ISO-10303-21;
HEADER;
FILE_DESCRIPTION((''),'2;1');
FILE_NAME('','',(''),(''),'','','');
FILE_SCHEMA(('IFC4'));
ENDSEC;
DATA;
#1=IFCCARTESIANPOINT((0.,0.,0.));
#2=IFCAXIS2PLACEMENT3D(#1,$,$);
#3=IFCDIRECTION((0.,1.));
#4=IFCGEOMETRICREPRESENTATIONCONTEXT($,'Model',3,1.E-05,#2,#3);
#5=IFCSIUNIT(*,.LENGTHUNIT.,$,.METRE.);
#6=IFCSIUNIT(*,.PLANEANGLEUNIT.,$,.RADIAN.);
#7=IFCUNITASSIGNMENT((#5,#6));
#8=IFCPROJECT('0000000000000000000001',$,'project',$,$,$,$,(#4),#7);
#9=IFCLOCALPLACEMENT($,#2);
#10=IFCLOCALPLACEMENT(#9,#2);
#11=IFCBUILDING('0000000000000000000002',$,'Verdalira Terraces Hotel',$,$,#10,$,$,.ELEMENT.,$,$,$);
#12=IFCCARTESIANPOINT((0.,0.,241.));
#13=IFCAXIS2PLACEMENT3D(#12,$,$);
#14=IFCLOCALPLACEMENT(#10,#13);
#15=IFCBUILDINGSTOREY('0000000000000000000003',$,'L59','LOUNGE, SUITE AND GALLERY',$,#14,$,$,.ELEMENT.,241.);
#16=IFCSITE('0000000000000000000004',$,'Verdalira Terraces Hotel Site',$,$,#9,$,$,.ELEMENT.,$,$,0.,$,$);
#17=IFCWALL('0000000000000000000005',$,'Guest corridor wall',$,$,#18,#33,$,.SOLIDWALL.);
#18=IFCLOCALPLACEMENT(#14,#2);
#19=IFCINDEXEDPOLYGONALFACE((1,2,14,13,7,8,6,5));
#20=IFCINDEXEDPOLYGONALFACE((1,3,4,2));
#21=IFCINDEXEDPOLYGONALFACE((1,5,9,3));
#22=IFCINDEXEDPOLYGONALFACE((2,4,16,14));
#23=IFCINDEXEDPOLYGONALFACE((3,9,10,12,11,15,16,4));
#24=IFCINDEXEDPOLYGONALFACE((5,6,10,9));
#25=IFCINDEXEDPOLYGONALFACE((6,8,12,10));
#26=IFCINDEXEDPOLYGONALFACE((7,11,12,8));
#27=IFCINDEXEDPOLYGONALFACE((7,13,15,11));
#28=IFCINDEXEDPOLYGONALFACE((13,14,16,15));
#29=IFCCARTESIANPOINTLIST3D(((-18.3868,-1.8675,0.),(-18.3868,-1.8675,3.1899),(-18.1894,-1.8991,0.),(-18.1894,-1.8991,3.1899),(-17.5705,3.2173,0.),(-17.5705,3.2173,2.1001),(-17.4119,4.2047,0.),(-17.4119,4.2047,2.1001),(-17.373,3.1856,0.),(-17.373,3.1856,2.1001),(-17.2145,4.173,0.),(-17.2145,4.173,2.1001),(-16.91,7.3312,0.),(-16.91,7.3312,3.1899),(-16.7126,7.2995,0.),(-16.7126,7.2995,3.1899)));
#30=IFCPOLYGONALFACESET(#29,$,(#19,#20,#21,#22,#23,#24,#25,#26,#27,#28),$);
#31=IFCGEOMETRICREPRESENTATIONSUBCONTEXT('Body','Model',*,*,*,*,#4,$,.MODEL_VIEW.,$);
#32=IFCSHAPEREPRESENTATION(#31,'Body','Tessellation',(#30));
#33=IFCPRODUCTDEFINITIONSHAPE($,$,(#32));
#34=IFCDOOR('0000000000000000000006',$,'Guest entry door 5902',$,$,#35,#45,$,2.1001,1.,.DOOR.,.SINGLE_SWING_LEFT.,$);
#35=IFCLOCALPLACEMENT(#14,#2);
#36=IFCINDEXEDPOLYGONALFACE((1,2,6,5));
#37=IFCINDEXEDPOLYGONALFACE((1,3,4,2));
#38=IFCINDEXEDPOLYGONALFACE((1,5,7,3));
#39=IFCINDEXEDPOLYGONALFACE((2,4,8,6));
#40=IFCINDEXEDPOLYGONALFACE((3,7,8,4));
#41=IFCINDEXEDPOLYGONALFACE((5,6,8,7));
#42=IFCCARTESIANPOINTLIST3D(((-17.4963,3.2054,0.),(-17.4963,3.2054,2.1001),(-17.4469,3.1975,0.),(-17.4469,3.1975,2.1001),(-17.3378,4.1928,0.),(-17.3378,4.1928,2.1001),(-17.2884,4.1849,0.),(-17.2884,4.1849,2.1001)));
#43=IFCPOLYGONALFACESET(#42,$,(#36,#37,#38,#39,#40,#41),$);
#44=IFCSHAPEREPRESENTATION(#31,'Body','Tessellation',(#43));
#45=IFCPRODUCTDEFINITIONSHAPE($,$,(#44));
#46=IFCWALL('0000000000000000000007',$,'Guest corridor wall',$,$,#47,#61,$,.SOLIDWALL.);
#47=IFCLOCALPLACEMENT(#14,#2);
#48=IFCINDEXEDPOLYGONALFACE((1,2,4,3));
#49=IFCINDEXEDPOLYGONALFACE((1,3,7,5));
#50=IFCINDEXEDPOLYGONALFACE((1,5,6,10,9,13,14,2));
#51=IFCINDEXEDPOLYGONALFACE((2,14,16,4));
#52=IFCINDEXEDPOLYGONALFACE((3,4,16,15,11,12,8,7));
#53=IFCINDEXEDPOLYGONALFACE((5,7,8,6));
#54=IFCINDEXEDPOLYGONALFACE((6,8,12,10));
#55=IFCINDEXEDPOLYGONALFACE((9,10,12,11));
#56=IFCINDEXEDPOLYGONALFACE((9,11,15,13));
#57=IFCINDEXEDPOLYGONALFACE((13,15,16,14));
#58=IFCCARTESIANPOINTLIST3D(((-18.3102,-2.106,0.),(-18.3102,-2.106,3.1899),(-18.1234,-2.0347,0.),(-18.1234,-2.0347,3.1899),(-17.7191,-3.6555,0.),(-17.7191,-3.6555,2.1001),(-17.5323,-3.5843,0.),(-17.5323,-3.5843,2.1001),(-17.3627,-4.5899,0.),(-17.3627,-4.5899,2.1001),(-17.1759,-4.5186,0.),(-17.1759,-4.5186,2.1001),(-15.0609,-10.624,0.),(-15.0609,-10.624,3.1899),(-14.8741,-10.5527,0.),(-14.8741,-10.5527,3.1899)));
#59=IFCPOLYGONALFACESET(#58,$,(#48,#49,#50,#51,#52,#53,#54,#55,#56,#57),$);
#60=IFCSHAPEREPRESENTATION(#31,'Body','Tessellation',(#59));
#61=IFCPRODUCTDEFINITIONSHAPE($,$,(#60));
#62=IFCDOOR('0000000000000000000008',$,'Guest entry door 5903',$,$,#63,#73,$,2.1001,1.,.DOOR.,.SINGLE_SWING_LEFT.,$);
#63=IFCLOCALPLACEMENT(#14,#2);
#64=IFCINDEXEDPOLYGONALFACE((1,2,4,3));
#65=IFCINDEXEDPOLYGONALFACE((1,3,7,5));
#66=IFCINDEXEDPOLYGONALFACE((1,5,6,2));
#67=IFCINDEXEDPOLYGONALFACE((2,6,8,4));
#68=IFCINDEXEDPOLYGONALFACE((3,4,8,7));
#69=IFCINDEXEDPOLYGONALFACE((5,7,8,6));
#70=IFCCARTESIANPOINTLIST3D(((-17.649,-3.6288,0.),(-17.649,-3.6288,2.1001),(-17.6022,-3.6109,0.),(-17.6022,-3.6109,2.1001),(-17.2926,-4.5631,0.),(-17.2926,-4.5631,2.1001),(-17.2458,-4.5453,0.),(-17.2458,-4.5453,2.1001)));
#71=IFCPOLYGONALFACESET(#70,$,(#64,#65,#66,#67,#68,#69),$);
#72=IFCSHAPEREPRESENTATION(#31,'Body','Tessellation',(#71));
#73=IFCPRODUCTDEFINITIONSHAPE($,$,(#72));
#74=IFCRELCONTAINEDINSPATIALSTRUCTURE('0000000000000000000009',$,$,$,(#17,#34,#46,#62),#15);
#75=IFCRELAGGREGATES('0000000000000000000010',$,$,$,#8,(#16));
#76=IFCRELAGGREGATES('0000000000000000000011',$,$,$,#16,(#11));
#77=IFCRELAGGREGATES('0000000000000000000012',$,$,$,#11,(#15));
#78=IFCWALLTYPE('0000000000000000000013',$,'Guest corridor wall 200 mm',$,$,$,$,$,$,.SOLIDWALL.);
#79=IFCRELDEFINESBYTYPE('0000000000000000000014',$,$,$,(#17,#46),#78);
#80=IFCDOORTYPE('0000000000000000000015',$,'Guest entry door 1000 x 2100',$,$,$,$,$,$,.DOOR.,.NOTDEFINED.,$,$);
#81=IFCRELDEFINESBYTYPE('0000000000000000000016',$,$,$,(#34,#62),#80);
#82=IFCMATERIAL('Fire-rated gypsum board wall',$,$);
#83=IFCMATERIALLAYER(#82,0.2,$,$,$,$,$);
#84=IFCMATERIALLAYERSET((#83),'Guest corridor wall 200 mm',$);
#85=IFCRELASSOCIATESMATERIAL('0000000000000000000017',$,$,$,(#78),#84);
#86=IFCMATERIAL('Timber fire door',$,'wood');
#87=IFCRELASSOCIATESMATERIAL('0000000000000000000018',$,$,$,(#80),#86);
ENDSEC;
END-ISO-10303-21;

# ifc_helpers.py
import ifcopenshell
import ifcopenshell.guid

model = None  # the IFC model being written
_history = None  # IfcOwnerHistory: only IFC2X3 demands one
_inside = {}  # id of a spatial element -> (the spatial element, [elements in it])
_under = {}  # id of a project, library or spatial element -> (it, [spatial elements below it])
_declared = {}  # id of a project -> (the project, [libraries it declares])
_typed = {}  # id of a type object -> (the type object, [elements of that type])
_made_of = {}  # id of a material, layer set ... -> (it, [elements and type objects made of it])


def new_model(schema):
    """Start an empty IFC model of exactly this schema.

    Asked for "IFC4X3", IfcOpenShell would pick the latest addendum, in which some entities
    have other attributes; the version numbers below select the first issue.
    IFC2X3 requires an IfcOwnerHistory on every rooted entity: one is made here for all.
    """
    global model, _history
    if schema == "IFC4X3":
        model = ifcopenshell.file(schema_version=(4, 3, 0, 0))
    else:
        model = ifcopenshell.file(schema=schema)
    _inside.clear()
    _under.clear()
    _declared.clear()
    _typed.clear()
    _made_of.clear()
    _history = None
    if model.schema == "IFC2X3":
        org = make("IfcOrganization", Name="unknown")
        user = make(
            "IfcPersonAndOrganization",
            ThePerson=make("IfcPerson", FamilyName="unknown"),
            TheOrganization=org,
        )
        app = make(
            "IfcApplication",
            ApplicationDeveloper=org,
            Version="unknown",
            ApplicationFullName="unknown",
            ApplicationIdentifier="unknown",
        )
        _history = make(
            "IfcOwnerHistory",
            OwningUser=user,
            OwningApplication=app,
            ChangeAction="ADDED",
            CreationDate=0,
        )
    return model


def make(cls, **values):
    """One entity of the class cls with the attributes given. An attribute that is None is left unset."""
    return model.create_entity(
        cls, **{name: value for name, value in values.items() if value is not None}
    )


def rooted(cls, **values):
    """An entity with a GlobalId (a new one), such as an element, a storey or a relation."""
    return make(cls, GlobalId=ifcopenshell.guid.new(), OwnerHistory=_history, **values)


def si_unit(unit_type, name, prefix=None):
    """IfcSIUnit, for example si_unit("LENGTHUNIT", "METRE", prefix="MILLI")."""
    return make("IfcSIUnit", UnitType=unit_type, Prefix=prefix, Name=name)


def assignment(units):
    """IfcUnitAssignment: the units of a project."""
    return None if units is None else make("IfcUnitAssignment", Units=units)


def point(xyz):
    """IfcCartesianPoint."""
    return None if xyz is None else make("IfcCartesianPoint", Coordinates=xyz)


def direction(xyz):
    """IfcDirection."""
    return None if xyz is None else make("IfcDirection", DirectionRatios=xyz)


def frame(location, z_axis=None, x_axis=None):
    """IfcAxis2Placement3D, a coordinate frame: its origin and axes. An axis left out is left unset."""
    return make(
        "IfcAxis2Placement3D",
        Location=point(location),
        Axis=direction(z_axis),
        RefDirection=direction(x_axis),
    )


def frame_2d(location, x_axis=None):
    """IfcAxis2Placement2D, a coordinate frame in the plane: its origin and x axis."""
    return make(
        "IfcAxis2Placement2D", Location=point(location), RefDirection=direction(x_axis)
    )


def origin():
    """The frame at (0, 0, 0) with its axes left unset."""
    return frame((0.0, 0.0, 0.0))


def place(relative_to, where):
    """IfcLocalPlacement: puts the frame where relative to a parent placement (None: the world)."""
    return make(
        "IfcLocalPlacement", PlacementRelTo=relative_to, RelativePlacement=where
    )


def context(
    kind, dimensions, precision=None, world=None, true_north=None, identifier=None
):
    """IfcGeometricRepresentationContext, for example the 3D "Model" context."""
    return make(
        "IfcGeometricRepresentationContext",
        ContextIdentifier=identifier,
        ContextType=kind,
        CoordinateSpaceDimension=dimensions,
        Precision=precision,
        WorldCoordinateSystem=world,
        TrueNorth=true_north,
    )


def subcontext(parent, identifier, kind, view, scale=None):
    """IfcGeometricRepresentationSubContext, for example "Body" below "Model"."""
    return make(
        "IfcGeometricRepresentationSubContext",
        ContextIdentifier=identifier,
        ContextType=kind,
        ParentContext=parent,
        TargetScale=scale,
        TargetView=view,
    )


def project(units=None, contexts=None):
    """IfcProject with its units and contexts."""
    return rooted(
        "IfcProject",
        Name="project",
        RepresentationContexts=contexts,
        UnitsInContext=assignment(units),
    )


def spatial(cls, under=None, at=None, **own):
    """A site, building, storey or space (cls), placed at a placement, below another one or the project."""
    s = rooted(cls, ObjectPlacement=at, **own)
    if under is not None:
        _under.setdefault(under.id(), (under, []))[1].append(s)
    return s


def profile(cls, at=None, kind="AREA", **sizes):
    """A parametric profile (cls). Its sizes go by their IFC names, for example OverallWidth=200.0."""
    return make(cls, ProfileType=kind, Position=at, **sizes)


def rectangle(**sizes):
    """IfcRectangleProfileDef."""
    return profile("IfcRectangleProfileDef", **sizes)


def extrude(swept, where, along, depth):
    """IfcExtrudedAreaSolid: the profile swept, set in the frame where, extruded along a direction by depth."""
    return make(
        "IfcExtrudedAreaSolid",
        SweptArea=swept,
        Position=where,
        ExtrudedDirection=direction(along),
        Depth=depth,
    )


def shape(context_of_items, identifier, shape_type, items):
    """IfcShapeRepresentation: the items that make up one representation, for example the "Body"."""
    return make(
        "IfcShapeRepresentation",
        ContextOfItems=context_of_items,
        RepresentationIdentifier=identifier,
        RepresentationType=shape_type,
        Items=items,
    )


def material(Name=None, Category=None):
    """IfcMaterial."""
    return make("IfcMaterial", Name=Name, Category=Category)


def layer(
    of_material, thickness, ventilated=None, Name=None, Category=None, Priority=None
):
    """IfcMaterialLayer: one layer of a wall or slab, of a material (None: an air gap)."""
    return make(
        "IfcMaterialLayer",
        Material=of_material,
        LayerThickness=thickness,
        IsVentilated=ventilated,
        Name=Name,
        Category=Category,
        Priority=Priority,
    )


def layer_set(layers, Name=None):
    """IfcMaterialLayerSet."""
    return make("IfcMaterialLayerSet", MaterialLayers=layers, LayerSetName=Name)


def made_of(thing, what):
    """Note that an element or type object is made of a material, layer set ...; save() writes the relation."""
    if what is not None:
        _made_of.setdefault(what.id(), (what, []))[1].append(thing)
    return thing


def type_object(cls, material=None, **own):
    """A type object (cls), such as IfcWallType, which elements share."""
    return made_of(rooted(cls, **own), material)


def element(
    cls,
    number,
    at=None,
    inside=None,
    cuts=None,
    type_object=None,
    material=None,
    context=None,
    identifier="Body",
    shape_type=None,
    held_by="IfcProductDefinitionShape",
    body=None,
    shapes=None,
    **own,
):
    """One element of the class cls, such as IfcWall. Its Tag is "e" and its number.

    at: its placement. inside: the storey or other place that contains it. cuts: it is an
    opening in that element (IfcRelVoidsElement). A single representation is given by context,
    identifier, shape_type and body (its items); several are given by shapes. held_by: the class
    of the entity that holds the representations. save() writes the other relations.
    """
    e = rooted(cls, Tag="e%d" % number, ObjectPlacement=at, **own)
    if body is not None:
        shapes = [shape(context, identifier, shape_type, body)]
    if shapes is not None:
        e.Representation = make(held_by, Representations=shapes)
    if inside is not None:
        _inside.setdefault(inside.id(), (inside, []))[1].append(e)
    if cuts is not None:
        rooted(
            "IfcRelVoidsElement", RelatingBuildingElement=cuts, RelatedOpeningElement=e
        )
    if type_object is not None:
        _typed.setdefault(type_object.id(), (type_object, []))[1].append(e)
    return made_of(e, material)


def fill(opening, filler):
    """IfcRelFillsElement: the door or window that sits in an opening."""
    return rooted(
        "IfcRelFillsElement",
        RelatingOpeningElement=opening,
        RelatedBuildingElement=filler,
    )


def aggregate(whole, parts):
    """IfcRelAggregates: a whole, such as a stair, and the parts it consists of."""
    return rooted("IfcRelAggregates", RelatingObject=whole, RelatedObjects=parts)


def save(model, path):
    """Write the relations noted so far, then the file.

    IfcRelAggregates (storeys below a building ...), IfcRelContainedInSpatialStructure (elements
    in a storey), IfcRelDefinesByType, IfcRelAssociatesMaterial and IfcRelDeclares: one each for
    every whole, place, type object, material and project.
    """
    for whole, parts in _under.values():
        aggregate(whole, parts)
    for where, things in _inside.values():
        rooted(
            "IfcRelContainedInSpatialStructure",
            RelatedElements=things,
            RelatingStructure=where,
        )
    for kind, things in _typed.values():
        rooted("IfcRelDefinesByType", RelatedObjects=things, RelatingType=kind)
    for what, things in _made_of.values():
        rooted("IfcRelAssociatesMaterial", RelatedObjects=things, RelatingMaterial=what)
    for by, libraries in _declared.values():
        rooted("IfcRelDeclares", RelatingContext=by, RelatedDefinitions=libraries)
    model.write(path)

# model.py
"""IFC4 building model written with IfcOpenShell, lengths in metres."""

from ifc_helpers import new_model, si_unit, direction, frame, frame_2d, origin, place, context, subcontext, project, spatial, rectangle, extrude, material, layer, layer_set, type_object, element, fill, save


model = new_model("IFC4")

# Units and contexts
model_context = context("Model", 3, precision=1e-05, world=origin(), true_north=direction((0.0, 1.0)))
body_context = subcontext(model_context, "Body", "Model", "MODEL_VIEW")
ifc_project = project(units=[si_unit("LENGTHUNIT", "METRE"), si_unit("PLANEANGLEUNIT", "RADIAN")], contexts=[model_context])

# Site, building, storey
site_placement = place(None, origin())
site = spatial("IfcSite", under=ifc_project, at=site_placement, Name="Verdalira Terraces Hotel Site", CompositionType="ELEMENT", RefElevation=0.0)
building_placement = place(site_placement, origin())
building = spatial("IfcBuilding", under=site, at=building_placement, Name="Verdalira Terraces Hotel", CompositionType="ELEMENT")
storey_placement = place(building_placement, frame((0.0, 0.0, 241.0)))
storey = spatial("IfcBuildingStorey", under=building, at=storey_placement, Name="L59", Description="LOUNGE, SUITE AND GALLERY", CompositionType="ELEMENT", Elevation=241.0)

# Walls, openings, doors
ifc_material_1 = material(Name="Fire-rated gypsum board wall")
ifc_layer_1 = layer(ifc_material_1, 0.2)
ifc_layer_set_1 = layer_set([ifc_layer_1], Name="Guest corridor wall 200 mm")
wall_type_1 = type_object("IfcWallType", Name="Guest corridor wall 200 mm", PredefinedType="SOLIDWALL", material=ifc_layer_set_1)
wall_1_placement = place(storey_placement, frame((-18.2881, -1.8833, 0.0), z_axis=(0.0, 0.0, 1.0), x_axis=(0.158515, 0.987357, 0.0)))
wall_1 = element("IfcWall", 1, at=wall_1_placement, inside=storey, type_object=wall_type_1, Name="Guest corridor wall", PredefinedType="SOLIDWALL", context=body_context, shape_type="SweptSolid", body=[
    extrude(rectangle(XDim=9.3164, YDim=0.2, at=frame_2d((4.6582, 0.0))), origin(), (0.0, 0.0, 1.0), 3.1899),
])
opening_1_placement = place(wall_1_placement, frame((5.1499, 0.0, 0.0)))
opening_1 = element("IfcOpeningElement", 2, at=opening_1_placement, cuts=wall_1, PredefinedType="OPENING", context=body_context, shape_type="SweptSolid", body=[
    extrude(rectangle(XDim=1.0, YDim=2.1001, at=frame_2d((0.5, 1.05))), frame((0.0, 0.1099, 0.0), z_axis=(0.0, -1.0, 0.0), x_axis=(1.0, 0.0, 0.0)), (0.0, 0.0, 1.0), 0.22),
])
ifc_material_2 = material(Name="Timber fire door", Category="wood")
door_type_1 = type_object("IfcDoorType", Name="Guest entry door 1000 x 2100", OperationType="NOTDEFINED", PredefinedType="DOOR", material=ifc_material_2)
door_1_placement = place(opening_1_placement, origin())
door_1 = element("IfcDoor", 3, at=door_1_placement, inside=storey, type_object=door_type_1, Name="Guest entry door 5902", OperationType="SINGLE_SWING_LEFT", OverallHeight=2.1001, OverallWidth=1.0, PredefinedType="DOOR", context=body_context, shape_type="SweptSolid", body=[
    extrude(rectangle(XDim=1.0, YDim=2.1001, at=frame_2d((0.5, 1.05))), frame((0.0, 0.0249, 0.0), z_axis=(0.0, -1.0, 0.0), x_axis=(1.0, 0.0, 0.0)), (0.0, 0.0, 1.0), 0.05),
])
fill(opening_1, door_1)
wall_2_placement = place(storey_placement, frame((-14.9675, -10.5884, 0.0), z_axis=(0.0, 0.0, 1.0), x_axis=(-0.356406, 0.934331, 0.0)))
wall_2 = element("IfcWall", 4, at=wall_2_placement, inside=storey, type_object=wall_type_1, Name="Guest corridor wall", PredefinedType="SOLIDWALL", context=body_context, shape_type="SweptSolid", body=[
    extrude(rectangle(XDim=9.1167, YDim=0.2, at=frame_2d((4.5583, 0.0))), origin(), (0.0, 0.0, 1.0), 3.1899),
])
opening_2_placement = place(wall_2_placement, frame((6.4583, 0.0, 0.0)))
opening_2 = element("IfcOpeningElement", 5, at=opening_2_placement, cuts=wall_2, PredefinedType="OPENING", context=body_context, shape_type="SweptSolid", body=[
    extrude(rectangle(XDim=1.0, YDim=2.1001, at=frame_2d((0.5, 1.05))), frame((0.0, 0.1099, 0.0), z_axis=(0.0, -1.0, 0.0), x_axis=(1.0, 0.0, 0.0)), (0.0, 0.0, 1.0), 0.22),
])
door_2_placement = place(opening_2_placement, origin())
door_2 = element("IfcDoor", 6, at=door_2_placement, inside=storey, type_object=door_type_1, Name="Guest entry door 5903", OperationType="SINGLE_SWING_LEFT", OverallHeight=2.1001, OverallWidth=1.0, PredefinedType="DOOR", context=body_context, shape_type="SweptSolid", body=[
    extrude(rectangle(XDim=1.0, YDim=2.1001, at=frame_2d((0.5, 1.05))), frame((0.0, 0.0249, 0.0), z_axis=(0.0, -1.0, 0.0), x_axis=(1.0, 0.0, 0.0)), (0.0, 0.0, 1.0), 0.05),
])
fill(opening_2, door_2)

save(model, "model.ifc")
